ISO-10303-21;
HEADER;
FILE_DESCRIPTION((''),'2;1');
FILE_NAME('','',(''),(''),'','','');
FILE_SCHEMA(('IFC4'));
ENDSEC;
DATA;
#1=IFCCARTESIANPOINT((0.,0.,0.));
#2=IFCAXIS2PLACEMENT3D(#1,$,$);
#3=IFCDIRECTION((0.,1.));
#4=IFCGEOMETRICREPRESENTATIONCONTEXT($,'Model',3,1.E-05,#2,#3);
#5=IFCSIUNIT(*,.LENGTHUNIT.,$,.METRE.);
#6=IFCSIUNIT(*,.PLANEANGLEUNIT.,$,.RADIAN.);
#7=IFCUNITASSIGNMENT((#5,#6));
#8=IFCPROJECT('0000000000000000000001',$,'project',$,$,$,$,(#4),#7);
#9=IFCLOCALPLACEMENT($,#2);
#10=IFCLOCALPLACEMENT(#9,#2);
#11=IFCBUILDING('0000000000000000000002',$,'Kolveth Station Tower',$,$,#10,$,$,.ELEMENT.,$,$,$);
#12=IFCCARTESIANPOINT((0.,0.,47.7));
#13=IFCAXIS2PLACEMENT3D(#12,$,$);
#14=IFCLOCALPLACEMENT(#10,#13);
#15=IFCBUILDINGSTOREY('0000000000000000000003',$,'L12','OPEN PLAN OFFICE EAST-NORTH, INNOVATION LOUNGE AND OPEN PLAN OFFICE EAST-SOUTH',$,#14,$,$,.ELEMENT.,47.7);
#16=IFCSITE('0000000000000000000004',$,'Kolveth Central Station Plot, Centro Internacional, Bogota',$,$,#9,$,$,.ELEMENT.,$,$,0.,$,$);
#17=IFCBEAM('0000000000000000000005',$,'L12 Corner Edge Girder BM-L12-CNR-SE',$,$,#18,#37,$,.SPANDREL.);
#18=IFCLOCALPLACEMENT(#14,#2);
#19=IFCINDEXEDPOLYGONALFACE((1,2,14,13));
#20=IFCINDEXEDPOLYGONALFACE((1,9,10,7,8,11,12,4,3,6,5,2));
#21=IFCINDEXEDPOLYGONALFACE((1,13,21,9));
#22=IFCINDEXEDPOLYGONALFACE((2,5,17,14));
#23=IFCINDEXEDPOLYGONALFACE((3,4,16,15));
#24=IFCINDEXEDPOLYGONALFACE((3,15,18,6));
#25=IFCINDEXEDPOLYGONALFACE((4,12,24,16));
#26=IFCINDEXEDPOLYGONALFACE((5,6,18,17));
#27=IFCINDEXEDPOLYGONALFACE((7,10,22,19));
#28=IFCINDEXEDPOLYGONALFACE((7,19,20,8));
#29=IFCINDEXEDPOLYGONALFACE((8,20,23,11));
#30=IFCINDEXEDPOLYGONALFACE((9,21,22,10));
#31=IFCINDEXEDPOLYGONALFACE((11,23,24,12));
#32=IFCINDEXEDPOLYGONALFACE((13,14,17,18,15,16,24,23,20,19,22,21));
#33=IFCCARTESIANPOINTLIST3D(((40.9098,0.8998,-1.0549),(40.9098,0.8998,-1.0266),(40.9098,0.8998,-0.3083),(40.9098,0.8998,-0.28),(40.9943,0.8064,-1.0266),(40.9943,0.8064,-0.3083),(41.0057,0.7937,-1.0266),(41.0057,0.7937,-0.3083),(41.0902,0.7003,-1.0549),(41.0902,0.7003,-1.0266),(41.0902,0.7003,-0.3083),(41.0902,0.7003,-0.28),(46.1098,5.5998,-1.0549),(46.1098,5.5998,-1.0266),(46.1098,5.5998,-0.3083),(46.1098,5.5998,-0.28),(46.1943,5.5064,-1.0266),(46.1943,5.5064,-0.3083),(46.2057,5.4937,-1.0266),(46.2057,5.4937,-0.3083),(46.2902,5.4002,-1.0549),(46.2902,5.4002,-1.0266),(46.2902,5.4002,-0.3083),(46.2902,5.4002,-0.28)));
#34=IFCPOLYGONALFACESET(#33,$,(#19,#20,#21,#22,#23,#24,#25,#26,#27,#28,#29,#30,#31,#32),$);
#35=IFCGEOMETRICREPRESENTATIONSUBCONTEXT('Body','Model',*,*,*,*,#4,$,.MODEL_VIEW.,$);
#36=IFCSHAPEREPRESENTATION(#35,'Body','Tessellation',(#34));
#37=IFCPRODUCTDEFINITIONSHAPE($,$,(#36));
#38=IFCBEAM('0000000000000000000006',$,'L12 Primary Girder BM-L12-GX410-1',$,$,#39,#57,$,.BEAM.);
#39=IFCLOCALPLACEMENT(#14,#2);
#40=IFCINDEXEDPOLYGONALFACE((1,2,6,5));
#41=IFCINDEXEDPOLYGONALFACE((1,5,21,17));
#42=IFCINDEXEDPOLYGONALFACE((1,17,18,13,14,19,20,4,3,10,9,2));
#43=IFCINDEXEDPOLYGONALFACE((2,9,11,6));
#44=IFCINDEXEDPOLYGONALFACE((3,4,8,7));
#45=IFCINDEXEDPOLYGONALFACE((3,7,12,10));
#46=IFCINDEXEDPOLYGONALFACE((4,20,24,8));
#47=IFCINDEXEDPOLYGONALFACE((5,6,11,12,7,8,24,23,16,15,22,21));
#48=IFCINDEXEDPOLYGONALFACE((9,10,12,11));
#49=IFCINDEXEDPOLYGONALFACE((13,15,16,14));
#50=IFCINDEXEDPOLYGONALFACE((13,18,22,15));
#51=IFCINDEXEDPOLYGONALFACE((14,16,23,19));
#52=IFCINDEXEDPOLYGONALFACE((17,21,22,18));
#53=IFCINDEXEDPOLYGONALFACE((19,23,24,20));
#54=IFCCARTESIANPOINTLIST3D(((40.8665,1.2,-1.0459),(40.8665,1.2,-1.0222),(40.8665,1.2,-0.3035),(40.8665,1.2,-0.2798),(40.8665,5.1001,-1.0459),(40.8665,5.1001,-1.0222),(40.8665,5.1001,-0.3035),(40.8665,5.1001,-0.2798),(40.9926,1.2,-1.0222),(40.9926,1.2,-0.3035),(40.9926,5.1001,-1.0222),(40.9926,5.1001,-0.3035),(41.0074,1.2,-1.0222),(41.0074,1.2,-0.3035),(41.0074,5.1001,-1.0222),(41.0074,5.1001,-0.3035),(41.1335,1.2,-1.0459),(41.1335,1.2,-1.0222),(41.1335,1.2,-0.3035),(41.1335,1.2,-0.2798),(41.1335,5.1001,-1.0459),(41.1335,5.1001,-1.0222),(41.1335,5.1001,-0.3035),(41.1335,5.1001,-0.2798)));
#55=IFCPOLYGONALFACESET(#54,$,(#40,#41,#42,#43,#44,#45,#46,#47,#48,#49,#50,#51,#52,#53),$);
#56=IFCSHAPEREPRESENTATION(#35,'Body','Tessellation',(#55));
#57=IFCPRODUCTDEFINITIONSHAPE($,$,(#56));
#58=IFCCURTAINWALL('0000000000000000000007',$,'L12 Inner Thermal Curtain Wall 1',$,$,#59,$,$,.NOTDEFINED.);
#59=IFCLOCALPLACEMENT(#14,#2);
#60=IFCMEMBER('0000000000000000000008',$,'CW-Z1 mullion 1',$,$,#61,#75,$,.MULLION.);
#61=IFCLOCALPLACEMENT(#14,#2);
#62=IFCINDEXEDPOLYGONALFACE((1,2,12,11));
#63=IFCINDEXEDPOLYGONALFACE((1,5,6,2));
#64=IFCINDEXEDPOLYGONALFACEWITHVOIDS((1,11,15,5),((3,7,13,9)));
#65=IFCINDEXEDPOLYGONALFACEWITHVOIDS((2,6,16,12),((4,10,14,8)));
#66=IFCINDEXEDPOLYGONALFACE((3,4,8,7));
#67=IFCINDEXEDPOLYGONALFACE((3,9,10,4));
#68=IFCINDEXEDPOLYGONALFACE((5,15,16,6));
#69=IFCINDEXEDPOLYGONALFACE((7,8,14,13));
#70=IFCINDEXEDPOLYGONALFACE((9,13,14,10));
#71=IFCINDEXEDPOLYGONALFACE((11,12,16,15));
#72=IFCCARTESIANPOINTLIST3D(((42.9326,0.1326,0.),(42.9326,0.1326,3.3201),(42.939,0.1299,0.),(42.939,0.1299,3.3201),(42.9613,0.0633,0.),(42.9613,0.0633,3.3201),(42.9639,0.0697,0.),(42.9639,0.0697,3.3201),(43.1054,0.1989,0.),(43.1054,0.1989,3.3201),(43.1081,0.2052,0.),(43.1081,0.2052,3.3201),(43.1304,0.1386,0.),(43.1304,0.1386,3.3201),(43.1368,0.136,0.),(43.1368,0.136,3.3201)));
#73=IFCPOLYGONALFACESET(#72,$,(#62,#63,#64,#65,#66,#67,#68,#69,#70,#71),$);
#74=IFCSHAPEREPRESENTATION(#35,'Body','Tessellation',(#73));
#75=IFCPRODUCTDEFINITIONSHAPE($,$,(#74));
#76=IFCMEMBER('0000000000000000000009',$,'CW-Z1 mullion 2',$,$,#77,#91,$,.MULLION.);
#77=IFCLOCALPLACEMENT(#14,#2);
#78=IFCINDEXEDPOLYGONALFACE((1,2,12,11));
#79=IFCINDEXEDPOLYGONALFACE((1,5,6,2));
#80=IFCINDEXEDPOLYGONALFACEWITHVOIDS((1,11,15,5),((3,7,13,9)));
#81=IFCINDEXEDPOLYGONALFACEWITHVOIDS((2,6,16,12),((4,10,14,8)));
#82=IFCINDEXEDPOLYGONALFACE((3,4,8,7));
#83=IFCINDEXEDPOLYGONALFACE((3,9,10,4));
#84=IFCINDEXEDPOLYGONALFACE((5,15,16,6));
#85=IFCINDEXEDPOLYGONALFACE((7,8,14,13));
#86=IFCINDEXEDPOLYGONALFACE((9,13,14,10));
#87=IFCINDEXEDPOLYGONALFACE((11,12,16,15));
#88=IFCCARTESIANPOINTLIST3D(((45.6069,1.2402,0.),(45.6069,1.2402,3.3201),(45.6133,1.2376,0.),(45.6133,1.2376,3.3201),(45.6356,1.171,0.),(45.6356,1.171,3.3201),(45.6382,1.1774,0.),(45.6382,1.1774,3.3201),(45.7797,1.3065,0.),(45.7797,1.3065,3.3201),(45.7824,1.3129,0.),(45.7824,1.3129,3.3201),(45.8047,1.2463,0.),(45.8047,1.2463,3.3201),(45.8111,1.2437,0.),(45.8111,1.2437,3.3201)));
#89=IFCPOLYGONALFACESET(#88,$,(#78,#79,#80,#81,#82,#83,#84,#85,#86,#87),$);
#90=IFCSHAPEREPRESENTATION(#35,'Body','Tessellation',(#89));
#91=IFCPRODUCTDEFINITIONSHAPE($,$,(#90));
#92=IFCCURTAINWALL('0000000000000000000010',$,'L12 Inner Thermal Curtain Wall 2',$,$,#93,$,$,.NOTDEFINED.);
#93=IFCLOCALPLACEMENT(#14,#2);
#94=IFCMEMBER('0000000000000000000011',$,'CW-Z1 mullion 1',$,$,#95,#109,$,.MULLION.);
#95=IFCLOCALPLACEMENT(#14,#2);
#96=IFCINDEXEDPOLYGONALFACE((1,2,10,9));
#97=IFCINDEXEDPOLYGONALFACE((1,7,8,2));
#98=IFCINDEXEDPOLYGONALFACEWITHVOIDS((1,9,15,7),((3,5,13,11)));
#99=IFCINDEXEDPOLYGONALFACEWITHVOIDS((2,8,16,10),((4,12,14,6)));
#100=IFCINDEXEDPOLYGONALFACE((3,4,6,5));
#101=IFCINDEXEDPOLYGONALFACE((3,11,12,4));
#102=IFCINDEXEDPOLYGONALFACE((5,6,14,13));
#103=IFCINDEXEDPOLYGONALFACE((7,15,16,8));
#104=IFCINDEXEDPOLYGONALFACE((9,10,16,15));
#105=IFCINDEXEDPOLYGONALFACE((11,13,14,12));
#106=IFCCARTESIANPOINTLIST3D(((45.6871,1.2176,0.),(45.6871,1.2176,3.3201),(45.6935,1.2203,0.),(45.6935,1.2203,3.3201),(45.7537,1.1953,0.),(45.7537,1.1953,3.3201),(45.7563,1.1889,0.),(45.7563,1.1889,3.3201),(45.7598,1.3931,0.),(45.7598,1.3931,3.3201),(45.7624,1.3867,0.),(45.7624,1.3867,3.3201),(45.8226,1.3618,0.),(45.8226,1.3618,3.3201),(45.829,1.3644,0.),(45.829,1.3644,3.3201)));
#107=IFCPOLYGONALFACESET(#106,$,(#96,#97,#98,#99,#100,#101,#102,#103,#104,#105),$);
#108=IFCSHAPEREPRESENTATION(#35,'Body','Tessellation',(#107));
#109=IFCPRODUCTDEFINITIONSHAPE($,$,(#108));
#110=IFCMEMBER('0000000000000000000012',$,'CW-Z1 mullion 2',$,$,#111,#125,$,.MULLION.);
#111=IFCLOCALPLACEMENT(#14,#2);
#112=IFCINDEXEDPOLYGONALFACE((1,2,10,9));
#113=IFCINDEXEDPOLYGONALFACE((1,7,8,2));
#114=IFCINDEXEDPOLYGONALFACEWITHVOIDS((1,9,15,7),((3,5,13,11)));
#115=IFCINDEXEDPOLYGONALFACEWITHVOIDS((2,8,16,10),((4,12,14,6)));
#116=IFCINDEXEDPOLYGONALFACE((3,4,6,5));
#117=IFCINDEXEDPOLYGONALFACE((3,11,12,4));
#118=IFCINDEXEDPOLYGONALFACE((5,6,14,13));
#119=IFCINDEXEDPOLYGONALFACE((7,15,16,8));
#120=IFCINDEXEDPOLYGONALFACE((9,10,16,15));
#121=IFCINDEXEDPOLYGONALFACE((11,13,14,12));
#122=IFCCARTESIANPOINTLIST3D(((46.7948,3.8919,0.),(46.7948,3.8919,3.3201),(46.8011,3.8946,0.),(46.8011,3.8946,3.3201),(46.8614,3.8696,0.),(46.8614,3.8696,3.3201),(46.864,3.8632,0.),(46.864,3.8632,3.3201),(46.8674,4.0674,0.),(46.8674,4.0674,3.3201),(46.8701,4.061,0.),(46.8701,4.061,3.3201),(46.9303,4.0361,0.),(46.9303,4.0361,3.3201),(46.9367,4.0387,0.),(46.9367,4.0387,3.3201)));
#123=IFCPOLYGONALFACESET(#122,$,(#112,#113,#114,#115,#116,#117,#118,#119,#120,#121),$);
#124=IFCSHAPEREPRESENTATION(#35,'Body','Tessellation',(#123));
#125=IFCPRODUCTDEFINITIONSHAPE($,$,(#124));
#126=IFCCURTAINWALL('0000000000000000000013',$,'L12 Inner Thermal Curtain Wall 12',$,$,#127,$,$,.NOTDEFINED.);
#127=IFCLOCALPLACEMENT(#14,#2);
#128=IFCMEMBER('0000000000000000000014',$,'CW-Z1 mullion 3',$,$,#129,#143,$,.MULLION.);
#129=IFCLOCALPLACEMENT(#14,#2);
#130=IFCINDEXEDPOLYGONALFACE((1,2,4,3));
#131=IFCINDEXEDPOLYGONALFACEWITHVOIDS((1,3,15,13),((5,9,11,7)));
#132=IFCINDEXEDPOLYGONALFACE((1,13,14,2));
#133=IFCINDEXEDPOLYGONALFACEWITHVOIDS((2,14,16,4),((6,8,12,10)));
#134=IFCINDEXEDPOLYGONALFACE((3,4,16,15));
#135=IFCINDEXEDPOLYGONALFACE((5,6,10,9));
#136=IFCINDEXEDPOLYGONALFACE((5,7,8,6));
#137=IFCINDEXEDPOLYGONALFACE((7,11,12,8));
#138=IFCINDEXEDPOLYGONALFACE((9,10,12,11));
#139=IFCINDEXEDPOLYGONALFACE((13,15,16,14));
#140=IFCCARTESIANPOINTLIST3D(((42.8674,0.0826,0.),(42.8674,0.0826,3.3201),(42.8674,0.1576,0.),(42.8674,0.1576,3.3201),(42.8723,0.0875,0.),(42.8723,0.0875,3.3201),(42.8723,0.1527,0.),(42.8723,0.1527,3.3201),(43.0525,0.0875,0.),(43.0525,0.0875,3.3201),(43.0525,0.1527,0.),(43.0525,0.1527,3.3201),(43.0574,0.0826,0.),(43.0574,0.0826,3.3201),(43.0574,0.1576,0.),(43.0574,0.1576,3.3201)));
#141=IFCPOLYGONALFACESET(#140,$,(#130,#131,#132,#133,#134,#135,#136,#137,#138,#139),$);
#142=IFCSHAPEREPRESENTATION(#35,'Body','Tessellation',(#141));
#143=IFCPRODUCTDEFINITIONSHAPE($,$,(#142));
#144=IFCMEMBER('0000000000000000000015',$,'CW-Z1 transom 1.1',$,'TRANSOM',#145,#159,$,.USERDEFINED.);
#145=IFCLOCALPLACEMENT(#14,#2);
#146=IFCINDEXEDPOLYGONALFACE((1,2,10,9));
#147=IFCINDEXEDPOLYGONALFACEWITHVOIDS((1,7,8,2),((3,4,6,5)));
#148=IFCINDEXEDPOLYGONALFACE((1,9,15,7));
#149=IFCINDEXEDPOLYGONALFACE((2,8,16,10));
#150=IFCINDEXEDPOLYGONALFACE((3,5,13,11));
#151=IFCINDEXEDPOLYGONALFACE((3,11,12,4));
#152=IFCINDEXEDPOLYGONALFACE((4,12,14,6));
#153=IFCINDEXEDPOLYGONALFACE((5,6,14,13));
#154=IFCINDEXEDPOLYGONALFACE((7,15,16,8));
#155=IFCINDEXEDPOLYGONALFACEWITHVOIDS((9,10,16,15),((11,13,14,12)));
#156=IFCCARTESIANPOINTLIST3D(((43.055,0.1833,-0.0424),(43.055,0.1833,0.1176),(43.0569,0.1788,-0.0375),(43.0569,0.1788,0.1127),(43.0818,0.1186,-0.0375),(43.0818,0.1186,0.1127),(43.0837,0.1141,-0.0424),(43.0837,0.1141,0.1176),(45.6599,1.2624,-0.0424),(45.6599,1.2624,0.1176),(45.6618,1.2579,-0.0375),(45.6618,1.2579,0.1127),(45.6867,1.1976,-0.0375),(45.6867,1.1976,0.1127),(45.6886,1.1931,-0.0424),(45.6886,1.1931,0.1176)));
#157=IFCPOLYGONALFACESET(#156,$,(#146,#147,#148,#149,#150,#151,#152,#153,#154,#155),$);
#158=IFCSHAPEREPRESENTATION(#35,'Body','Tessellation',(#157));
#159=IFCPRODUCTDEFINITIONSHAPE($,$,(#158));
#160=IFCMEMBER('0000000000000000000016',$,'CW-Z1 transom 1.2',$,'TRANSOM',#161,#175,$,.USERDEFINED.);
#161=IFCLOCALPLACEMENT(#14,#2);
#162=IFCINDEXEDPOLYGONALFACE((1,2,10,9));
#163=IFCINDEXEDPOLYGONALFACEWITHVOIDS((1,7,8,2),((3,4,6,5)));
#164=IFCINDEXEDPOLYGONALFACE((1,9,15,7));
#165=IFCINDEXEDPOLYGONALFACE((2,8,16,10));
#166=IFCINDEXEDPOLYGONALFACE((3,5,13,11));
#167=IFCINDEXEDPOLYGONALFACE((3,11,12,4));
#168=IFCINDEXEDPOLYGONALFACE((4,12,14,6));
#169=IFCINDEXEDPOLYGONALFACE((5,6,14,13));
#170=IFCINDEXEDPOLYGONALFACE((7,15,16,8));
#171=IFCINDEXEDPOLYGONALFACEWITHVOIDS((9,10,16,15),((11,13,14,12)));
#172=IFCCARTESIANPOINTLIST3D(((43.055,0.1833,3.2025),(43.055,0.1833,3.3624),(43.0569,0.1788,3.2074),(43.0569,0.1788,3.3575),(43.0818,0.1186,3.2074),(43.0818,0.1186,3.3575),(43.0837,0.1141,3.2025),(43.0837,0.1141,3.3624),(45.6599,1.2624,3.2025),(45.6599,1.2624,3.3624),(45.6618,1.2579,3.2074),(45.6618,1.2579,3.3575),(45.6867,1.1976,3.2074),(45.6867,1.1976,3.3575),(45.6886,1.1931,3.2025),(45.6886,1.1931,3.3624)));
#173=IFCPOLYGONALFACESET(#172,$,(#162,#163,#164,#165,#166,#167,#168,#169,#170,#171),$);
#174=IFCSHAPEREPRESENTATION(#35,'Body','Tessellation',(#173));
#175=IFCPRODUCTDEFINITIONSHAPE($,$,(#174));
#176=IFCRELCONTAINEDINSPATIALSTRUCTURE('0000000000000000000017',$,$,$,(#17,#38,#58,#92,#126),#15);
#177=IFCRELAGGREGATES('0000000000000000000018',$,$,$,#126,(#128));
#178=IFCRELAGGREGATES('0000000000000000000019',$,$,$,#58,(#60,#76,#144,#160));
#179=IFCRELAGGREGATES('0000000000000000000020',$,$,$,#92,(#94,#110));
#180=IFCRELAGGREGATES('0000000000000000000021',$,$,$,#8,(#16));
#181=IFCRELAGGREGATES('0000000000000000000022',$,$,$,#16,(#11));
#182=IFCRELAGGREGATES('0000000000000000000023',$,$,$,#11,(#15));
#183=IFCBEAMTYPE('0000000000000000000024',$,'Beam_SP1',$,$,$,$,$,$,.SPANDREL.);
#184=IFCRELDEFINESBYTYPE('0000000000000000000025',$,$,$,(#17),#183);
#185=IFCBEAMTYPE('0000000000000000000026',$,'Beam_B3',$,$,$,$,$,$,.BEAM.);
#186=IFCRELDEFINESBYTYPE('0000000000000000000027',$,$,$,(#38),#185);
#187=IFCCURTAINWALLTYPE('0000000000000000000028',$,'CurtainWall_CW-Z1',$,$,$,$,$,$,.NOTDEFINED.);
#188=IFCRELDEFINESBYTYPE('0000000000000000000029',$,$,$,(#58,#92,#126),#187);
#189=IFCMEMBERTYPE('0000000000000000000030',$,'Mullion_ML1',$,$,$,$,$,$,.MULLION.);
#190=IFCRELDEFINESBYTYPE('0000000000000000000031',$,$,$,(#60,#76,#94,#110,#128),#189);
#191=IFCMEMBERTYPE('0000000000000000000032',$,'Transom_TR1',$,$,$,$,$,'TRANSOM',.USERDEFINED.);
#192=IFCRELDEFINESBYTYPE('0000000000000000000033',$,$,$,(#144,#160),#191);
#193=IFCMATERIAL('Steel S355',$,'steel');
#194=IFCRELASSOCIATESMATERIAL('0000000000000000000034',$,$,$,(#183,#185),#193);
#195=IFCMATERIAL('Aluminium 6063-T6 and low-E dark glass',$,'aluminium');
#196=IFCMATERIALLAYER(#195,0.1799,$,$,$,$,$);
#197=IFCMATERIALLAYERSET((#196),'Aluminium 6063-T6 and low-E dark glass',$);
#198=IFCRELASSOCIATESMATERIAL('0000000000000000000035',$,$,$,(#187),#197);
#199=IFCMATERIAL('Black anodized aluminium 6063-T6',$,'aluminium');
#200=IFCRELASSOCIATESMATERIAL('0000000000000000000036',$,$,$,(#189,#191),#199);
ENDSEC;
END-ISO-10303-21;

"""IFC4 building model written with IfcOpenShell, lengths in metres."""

from ifc_helpers import new_model, si_unit, direction, frame, origin, origin_2d, place, context, subcontext, project, spatial, hollow_rectangle, i_section, extrude, source, transform, mapped, material, layer, layer_set, material_profile, profile_set, type_object, element, aggregate, save


model = new_model("IFC4")

# Units and contexts
model_context = context("Model", 3, precision=1e-05, world=origin(), true_north=direction((0.0, 1.0)))
body_context = subcontext(model_context, "Body", "Model", "MODEL_VIEW")
ifc_project = project(units=[si_unit("LENGTHUNIT", "METRE"), si_unit("PLANEANGLEUNIT", "RADIAN")], contexts=[model_context])

# Site, building, storey
site_placement = place(None, origin())
site = spatial("IfcSite", under=ifc_project, at=site_placement, Name="Kolveth Central Station Plot, Centro Internacional, Bogota", CompositionType="ELEMENT", RefElevation=0.0)
building_placement = place(site_placement, origin())
building = spatial("IfcBuilding", under=site, at=building_placement, Name="Kolveth Station Tower", CompositionType="ELEMENT")
storey_placement = place(building_placement, frame((0.0, 0.0, 47.7)))
storey = spatial("IfcBuildingStorey", under=building, at=storey_placement, Name="L12", Description="OPEN PLAN OFFICE EAST-NORTH, INNOVATION LOUNGE AND OPEN PLAN OFFICE EAST-SOUTH", CompositionType="ELEMENT", Elevation=47.7)

# Beams
ifc_material_1 = material(Name="Steel S355", Category="steel")
ifc_material_profile_1 = material_profile(ifc_material_1, i_section(OverallWidth=0.269, OverallDepth=0.7749, WebThickness=0.0171, FlangeThickness=0.0283, at=origin_2d()), Name="W760x220")
ifc_profile_set_1 = profile_set([ifc_material_profile_1], Name="Steel S355")
beam_type_1 = type_object("IfcBeamType", Name="Beam_SP1", PredefinedType="SPANDREL", material=ifc_profile_set_1)
shared_shape_1 = source(origin(), body_context, "Body", "SweptSolid", [
    extrude(i_section(OverallWidth=0.269, OverallDepth=0.7749, WebThickness=0.0171, FlangeThickness=0.0283, at=origin_2d()), origin(), (0.0, 0.0, 1.0), 7.0093),
])
beam_1_placement = place(storey_placement, frame((41.0, 0.8, -0.6675), z_axis=(0.741874, 0.670539, 0.0), x_axis=(-0.670539, 0.741874, 0.0)))
element("IfcBeam", 1, at=beam_1_placement, inside=storey, type_object=beam_type_1, Name="L12 Corner Edge Girder BM-L12-CNR-SE", PredefinedType="SPANDREL", context=body_context, shape_type="MappedRepresentation", body=[
    mapped(shared_shape_1, transform((0.0, 0.0, 0.0), x_axis=(1.0, 0.0, 0.0), y_axis=(0.0, 1.0, 0.0), z_axis=(0.0, 0.0, 1.0), scale=1.0)),
])
ifc_material_profile_2 = material_profile(ifc_material_1, i_section(OverallWidth=0.2671, OverallDepth=0.7661, WebThickness=0.0149, FlangeThickness=0.0237, at=origin_2d()), Name="W760x185")
ifc_profile_set_2 = profile_set([ifc_material_profile_2], Name="Steel S355")
beam_type_2 = type_object("IfcBeamType", Name="Beam_B3", PredefinedType="BEAM", material=ifc_profile_set_2)
shared_shape_2 = source(origin(), body_context, "Body", "SweptSolid", [
    extrude(i_section(OverallWidth=0.2671, OverallDepth=0.7661, WebThickness=0.0149, FlangeThickness=0.0237, at=origin_2d()), origin(), (0.0, 0.0, 1.0), 3.9001),
])
beam_2_placement = place(storey_placement, frame((41.0, 1.2, -0.6628), z_axis=(0.0, 1.0, 0.0), x_axis=(-1.0, 0.0, 0.0)))
element("IfcBeam", 2, at=beam_2_placement, inside=storey, type_object=beam_type_2, Name="L12 Primary Girder BM-L12-GX410-1", PredefinedType="BEAM", context=body_context, shape_type="MappedRepresentation", body=[
    mapped(shared_shape_2, transform((0.0, 0.0, 0.0), x_axis=(1.0, 0.0, 0.0), y_axis=(0.0, 1.0, 0.0), z_axis=(0.0, 0.0, 1.0), scale=1.0)),
])

# Curtain walls, members
ifc_material_2 = material(Name="Aluminium 6063-T6 and low-E dark glass", Category="aluminium")
ifc_layer_1 = layer(ifc_material_2, 0.1799)
ifc_layer_set_1 = layer_set([ifc_layer_1], Name="Aluminium 6063-T6 and low-E dark glass")
curtain_wall_type_1 = type_object("IfcCurtainWallType", Name="CurtainWall_CW-Z1", PredefinedType="NOTDEFINED", material=ifc_layer_set_1)
curtain_wall_1_placement = place(storey_placement, origin())
curtain_wall_1 = element("IfcCurtainWall", 3, at=curtain_wall_1_placement, inside=storey, type_object=curtain_wall_type_1, Name="L12 Inner Thermal Curtain Wall 1", PredefinedType="NOTDEFINED")
ifc_material_3 = material(Name="Black anodized aluminium 6063-T6", Category="aluminium")
ifc_material_profile_3 = material_profile(ifc_material_3, hollow_rectangle(XDim=0.075, YDim=0.1899, WallThickness=0.0049, at=origin_2d()), Name="ALU-75x190x5")
ifc_profile_set_3 = profile_set([ifc_material_profile_3], Name="Black anodized aluminium 6063-T6")
member_type_1 = type_object("IfcMemberType", Name="Mullion_ML1", PredefinedType="MULLION", material=ifc_profile_set_3)
shared_shape_3 = source(origin(), body_context, "Body", "SweptSolid", [
    extrude(hollow_rectangle(XDim=0.075, YDim=0.1899, WallThickness=0.0049, at=origin_2d()), origin(), (0.0, 0.0, 1.0), 3.3201),
])
member_1_placement = place(storey_placement, frame((43.0347, 0.1343, 0.0), z_axis=(0.0, 0.0, 1.0), x_axis=(-0.382673, 0.923884, 0.0)))
member_1 = element("IfcMember", 4, at=member_1_placement, type_object=member_type_1, Name="CW-Z1 mullion 1", PredefinedType="MULLION", context=body_context, shape_type="MappedRepresentation", body=[
    mapped(shared_shape_3, transform((0.0, 0.0, 0.0), x_axis=(1.0, 0.0, 0.0), y_axis=(0.0, 1.0, 0.0), z_axis=(0.0, 0.0, 1.0), scale=1.0)),
])
member_2_placement = place(storey_placement, frame((45.709, 1.2419, 0.0), z_axis=(0.0, 0.0, 1.0), x_axis=(-0.382673, 0.923884, 0.0)))
member_2 = element("IfcMember", 5, at=member_2_placement, type_object=member_type_1, Name="CW-Z1 mullion 2", PredefinedType="MULLION", context=body_context, shape_type="MappedRepresentation", body=[
    mapped(shared_shape_3, transform((0.0, 0.0, 0.0), x_axis=(1.0, 0.0, 0.0), y_axis=(0.0, 1.0, 0.0), z_axis=(0.0, 0.0, 1.0), scale=1.0)),
])
curtain_wall_2_placement = place(storey_placement, origin())
curtain_wall_2 = element("IfcCurtainWall", 6, at=curtain_wall_2_placement, inside=storey, type_object=curtain_wall_type_1, Name="L12 Inner Thermal Curtain Wall 2", PredefinedType="NOTDEFINED")
member_3_placement = place(storey_placement, frame((45.7581, 1.291, 0.0), z_axis=(0.0, 0.0, 1.0), x_axis=(-0.923884, 0.382673, 0.0)))
member_3 = element("IfcMember", 7, at=member_3_placement, type_object=member_type_1, Name="CW-Z1 mullion 1", PredefinedType="MULLION", context=body_context, shape_type="MappedRepresentation", body=[
    mapped(shared_shape_3, transform((0.0, 0.0, 0.0), x_axis=(1.0, 0.0, 0.0), y_axis=(0.0, 1.0, 0.0), z_axis=(0.0, 0.0, 1.0), scale=1.0)),
])
member_4_placement = place(storey_placement, frame((46.8657, 3.9653, 0.0), z_axis=(0.0, 0.0, 1.0), x_axis=(-0.923884, 0.382673, 0.0)))
member_4 = element("IfcMember", 8, at=member_4_placement, type_object=member_type_1, Name="CW-Z1 mullion 2", PredefinedType="MULLION", context=body_context, shape_type="MappedRepresentation", body=[
    mapped(shared_shape_3, transform((0.0, 0.0, 0.0), x_axis=(1.0, 0.0, 0.0), y_axis=(0.0, 1.0, 0.0), z_axis=(0.0, 0.0, 1.0), scale=1.0)),
])

# Curtain wall, member
curtain_wall_3_placement = place(storey_placement, origin())
curtain_wall_3 = element("IfcCurtainWall", 9, at=curtain_wall_3_placement, inside=storey, type_object=curtain_wall_type_1, Name="L12 Inner Thermal Curtain Wall 12", PredefinedType="NOTDEFINED")
member_5_placement = place(storey_placement, frame((42.9624, 0.1201, 0.0), z_axis=(0.0, 0.0, 1.0), x_axis=(0.0, 1.0, 0.0)))
member_5 = element("IfcMember", 10, at=member_5_placement, type_object=member_type_1, Name="CW-Z1 mullion 3", PredefinedType="MULLION", context=body_context, shape_type="MappedRepresentation", body=[
    mapped(shared_shape_3, transform((0.0, 0.0, 0.0), x_axis=(1.0, 0.0, 0.0), y_axis=(0.0, 1.0, 0.0), z_axis=(0.0, 0.0, 1.0), scale=1.0)),
])
aggregate(curtain_wall_3, [member_5])

# Members
ifc_material_profile_4 = material_profile(ifc_material_3, hollow_rectangle(XDim=0.075, YDim=0.1599, WallThickness=0.0049, at=origin_2d()), Name="ALU-75x160x5")
ifc_profile_set_4 = profile_set([ifc_material_profile_4], Name="Black anodized aluminium 6063-T6")
member_type_2 = type_object("IfcMemberType", Name="Transom_TR1", ElementType="TRANSOM", PredefinedType="USERDEFINED", material=ifc_profile_set_4)
shared_shape_4 = source(origin(), body_context, "Body", "SweptSolid", [
    extrude(hollow_rectangle(XDim=0.075, YDim=0.1599, WallThickness=0.0049, at=origin_2d()), origin(), (0.0, 0.0, 1.0), 2.8196),
])
member_6_placement = place(storey_placement, frame((43.0693, 0.1487, 0.0376), z_axis=(0.923869, 0.382709, 0.0), x_axis=(-0.382709, 0.923869, 0.0)))
member_6 = element("IfcMember", 11, at=member_6_placement, type_object=member_type_2, Name="CW-Z1 transom 1.1", ObjectType="TRANSOM", PredefinedType="USERDEFINED", context=body_context, shape_type="MappedRepresentation", body=[
    mapped(shared_shape_4, transform((0.0, 0.0, 0.0), x_axis=(1.0, 0.0, 0.0), y_axis=(0.0, 1.0, 0.0), z_axis=(0.0, 0.0, 1.0), scale=1.0)),
])
member_7_placement = place(storey_placement, frame((43.0693, 0.1487, 3.2825), z_axis=(0.923869, 0.382709, 0.0), x_axis=(-0.382709, 0.923869, 0.0)))
member_7 = element("IfcMember", 12, at=member_7_placement, type_object=member_type_2, Name="CW-Z1 transom 1.2", ObjectType="TRANSOM", PredefinedType="USERDEFINED", context=body_context, shape_type="MappedRepresentation", body=[
    mapped(shared_shape_4, transform((0.0, 0.0, 0.0), x_axis=(1.0, 0.0, 0.0), y_axis=(0.0, 1.0, 0.0), z_axis=(0.0, 0.0, 1.0), scale=1.0)),
])

aggregate(curtain_wall_1, [member_1, member_2, member_6, member_7])
aggregate(curtain_wall_2, [member_3, member_4])

save(model, "model.ifc")
